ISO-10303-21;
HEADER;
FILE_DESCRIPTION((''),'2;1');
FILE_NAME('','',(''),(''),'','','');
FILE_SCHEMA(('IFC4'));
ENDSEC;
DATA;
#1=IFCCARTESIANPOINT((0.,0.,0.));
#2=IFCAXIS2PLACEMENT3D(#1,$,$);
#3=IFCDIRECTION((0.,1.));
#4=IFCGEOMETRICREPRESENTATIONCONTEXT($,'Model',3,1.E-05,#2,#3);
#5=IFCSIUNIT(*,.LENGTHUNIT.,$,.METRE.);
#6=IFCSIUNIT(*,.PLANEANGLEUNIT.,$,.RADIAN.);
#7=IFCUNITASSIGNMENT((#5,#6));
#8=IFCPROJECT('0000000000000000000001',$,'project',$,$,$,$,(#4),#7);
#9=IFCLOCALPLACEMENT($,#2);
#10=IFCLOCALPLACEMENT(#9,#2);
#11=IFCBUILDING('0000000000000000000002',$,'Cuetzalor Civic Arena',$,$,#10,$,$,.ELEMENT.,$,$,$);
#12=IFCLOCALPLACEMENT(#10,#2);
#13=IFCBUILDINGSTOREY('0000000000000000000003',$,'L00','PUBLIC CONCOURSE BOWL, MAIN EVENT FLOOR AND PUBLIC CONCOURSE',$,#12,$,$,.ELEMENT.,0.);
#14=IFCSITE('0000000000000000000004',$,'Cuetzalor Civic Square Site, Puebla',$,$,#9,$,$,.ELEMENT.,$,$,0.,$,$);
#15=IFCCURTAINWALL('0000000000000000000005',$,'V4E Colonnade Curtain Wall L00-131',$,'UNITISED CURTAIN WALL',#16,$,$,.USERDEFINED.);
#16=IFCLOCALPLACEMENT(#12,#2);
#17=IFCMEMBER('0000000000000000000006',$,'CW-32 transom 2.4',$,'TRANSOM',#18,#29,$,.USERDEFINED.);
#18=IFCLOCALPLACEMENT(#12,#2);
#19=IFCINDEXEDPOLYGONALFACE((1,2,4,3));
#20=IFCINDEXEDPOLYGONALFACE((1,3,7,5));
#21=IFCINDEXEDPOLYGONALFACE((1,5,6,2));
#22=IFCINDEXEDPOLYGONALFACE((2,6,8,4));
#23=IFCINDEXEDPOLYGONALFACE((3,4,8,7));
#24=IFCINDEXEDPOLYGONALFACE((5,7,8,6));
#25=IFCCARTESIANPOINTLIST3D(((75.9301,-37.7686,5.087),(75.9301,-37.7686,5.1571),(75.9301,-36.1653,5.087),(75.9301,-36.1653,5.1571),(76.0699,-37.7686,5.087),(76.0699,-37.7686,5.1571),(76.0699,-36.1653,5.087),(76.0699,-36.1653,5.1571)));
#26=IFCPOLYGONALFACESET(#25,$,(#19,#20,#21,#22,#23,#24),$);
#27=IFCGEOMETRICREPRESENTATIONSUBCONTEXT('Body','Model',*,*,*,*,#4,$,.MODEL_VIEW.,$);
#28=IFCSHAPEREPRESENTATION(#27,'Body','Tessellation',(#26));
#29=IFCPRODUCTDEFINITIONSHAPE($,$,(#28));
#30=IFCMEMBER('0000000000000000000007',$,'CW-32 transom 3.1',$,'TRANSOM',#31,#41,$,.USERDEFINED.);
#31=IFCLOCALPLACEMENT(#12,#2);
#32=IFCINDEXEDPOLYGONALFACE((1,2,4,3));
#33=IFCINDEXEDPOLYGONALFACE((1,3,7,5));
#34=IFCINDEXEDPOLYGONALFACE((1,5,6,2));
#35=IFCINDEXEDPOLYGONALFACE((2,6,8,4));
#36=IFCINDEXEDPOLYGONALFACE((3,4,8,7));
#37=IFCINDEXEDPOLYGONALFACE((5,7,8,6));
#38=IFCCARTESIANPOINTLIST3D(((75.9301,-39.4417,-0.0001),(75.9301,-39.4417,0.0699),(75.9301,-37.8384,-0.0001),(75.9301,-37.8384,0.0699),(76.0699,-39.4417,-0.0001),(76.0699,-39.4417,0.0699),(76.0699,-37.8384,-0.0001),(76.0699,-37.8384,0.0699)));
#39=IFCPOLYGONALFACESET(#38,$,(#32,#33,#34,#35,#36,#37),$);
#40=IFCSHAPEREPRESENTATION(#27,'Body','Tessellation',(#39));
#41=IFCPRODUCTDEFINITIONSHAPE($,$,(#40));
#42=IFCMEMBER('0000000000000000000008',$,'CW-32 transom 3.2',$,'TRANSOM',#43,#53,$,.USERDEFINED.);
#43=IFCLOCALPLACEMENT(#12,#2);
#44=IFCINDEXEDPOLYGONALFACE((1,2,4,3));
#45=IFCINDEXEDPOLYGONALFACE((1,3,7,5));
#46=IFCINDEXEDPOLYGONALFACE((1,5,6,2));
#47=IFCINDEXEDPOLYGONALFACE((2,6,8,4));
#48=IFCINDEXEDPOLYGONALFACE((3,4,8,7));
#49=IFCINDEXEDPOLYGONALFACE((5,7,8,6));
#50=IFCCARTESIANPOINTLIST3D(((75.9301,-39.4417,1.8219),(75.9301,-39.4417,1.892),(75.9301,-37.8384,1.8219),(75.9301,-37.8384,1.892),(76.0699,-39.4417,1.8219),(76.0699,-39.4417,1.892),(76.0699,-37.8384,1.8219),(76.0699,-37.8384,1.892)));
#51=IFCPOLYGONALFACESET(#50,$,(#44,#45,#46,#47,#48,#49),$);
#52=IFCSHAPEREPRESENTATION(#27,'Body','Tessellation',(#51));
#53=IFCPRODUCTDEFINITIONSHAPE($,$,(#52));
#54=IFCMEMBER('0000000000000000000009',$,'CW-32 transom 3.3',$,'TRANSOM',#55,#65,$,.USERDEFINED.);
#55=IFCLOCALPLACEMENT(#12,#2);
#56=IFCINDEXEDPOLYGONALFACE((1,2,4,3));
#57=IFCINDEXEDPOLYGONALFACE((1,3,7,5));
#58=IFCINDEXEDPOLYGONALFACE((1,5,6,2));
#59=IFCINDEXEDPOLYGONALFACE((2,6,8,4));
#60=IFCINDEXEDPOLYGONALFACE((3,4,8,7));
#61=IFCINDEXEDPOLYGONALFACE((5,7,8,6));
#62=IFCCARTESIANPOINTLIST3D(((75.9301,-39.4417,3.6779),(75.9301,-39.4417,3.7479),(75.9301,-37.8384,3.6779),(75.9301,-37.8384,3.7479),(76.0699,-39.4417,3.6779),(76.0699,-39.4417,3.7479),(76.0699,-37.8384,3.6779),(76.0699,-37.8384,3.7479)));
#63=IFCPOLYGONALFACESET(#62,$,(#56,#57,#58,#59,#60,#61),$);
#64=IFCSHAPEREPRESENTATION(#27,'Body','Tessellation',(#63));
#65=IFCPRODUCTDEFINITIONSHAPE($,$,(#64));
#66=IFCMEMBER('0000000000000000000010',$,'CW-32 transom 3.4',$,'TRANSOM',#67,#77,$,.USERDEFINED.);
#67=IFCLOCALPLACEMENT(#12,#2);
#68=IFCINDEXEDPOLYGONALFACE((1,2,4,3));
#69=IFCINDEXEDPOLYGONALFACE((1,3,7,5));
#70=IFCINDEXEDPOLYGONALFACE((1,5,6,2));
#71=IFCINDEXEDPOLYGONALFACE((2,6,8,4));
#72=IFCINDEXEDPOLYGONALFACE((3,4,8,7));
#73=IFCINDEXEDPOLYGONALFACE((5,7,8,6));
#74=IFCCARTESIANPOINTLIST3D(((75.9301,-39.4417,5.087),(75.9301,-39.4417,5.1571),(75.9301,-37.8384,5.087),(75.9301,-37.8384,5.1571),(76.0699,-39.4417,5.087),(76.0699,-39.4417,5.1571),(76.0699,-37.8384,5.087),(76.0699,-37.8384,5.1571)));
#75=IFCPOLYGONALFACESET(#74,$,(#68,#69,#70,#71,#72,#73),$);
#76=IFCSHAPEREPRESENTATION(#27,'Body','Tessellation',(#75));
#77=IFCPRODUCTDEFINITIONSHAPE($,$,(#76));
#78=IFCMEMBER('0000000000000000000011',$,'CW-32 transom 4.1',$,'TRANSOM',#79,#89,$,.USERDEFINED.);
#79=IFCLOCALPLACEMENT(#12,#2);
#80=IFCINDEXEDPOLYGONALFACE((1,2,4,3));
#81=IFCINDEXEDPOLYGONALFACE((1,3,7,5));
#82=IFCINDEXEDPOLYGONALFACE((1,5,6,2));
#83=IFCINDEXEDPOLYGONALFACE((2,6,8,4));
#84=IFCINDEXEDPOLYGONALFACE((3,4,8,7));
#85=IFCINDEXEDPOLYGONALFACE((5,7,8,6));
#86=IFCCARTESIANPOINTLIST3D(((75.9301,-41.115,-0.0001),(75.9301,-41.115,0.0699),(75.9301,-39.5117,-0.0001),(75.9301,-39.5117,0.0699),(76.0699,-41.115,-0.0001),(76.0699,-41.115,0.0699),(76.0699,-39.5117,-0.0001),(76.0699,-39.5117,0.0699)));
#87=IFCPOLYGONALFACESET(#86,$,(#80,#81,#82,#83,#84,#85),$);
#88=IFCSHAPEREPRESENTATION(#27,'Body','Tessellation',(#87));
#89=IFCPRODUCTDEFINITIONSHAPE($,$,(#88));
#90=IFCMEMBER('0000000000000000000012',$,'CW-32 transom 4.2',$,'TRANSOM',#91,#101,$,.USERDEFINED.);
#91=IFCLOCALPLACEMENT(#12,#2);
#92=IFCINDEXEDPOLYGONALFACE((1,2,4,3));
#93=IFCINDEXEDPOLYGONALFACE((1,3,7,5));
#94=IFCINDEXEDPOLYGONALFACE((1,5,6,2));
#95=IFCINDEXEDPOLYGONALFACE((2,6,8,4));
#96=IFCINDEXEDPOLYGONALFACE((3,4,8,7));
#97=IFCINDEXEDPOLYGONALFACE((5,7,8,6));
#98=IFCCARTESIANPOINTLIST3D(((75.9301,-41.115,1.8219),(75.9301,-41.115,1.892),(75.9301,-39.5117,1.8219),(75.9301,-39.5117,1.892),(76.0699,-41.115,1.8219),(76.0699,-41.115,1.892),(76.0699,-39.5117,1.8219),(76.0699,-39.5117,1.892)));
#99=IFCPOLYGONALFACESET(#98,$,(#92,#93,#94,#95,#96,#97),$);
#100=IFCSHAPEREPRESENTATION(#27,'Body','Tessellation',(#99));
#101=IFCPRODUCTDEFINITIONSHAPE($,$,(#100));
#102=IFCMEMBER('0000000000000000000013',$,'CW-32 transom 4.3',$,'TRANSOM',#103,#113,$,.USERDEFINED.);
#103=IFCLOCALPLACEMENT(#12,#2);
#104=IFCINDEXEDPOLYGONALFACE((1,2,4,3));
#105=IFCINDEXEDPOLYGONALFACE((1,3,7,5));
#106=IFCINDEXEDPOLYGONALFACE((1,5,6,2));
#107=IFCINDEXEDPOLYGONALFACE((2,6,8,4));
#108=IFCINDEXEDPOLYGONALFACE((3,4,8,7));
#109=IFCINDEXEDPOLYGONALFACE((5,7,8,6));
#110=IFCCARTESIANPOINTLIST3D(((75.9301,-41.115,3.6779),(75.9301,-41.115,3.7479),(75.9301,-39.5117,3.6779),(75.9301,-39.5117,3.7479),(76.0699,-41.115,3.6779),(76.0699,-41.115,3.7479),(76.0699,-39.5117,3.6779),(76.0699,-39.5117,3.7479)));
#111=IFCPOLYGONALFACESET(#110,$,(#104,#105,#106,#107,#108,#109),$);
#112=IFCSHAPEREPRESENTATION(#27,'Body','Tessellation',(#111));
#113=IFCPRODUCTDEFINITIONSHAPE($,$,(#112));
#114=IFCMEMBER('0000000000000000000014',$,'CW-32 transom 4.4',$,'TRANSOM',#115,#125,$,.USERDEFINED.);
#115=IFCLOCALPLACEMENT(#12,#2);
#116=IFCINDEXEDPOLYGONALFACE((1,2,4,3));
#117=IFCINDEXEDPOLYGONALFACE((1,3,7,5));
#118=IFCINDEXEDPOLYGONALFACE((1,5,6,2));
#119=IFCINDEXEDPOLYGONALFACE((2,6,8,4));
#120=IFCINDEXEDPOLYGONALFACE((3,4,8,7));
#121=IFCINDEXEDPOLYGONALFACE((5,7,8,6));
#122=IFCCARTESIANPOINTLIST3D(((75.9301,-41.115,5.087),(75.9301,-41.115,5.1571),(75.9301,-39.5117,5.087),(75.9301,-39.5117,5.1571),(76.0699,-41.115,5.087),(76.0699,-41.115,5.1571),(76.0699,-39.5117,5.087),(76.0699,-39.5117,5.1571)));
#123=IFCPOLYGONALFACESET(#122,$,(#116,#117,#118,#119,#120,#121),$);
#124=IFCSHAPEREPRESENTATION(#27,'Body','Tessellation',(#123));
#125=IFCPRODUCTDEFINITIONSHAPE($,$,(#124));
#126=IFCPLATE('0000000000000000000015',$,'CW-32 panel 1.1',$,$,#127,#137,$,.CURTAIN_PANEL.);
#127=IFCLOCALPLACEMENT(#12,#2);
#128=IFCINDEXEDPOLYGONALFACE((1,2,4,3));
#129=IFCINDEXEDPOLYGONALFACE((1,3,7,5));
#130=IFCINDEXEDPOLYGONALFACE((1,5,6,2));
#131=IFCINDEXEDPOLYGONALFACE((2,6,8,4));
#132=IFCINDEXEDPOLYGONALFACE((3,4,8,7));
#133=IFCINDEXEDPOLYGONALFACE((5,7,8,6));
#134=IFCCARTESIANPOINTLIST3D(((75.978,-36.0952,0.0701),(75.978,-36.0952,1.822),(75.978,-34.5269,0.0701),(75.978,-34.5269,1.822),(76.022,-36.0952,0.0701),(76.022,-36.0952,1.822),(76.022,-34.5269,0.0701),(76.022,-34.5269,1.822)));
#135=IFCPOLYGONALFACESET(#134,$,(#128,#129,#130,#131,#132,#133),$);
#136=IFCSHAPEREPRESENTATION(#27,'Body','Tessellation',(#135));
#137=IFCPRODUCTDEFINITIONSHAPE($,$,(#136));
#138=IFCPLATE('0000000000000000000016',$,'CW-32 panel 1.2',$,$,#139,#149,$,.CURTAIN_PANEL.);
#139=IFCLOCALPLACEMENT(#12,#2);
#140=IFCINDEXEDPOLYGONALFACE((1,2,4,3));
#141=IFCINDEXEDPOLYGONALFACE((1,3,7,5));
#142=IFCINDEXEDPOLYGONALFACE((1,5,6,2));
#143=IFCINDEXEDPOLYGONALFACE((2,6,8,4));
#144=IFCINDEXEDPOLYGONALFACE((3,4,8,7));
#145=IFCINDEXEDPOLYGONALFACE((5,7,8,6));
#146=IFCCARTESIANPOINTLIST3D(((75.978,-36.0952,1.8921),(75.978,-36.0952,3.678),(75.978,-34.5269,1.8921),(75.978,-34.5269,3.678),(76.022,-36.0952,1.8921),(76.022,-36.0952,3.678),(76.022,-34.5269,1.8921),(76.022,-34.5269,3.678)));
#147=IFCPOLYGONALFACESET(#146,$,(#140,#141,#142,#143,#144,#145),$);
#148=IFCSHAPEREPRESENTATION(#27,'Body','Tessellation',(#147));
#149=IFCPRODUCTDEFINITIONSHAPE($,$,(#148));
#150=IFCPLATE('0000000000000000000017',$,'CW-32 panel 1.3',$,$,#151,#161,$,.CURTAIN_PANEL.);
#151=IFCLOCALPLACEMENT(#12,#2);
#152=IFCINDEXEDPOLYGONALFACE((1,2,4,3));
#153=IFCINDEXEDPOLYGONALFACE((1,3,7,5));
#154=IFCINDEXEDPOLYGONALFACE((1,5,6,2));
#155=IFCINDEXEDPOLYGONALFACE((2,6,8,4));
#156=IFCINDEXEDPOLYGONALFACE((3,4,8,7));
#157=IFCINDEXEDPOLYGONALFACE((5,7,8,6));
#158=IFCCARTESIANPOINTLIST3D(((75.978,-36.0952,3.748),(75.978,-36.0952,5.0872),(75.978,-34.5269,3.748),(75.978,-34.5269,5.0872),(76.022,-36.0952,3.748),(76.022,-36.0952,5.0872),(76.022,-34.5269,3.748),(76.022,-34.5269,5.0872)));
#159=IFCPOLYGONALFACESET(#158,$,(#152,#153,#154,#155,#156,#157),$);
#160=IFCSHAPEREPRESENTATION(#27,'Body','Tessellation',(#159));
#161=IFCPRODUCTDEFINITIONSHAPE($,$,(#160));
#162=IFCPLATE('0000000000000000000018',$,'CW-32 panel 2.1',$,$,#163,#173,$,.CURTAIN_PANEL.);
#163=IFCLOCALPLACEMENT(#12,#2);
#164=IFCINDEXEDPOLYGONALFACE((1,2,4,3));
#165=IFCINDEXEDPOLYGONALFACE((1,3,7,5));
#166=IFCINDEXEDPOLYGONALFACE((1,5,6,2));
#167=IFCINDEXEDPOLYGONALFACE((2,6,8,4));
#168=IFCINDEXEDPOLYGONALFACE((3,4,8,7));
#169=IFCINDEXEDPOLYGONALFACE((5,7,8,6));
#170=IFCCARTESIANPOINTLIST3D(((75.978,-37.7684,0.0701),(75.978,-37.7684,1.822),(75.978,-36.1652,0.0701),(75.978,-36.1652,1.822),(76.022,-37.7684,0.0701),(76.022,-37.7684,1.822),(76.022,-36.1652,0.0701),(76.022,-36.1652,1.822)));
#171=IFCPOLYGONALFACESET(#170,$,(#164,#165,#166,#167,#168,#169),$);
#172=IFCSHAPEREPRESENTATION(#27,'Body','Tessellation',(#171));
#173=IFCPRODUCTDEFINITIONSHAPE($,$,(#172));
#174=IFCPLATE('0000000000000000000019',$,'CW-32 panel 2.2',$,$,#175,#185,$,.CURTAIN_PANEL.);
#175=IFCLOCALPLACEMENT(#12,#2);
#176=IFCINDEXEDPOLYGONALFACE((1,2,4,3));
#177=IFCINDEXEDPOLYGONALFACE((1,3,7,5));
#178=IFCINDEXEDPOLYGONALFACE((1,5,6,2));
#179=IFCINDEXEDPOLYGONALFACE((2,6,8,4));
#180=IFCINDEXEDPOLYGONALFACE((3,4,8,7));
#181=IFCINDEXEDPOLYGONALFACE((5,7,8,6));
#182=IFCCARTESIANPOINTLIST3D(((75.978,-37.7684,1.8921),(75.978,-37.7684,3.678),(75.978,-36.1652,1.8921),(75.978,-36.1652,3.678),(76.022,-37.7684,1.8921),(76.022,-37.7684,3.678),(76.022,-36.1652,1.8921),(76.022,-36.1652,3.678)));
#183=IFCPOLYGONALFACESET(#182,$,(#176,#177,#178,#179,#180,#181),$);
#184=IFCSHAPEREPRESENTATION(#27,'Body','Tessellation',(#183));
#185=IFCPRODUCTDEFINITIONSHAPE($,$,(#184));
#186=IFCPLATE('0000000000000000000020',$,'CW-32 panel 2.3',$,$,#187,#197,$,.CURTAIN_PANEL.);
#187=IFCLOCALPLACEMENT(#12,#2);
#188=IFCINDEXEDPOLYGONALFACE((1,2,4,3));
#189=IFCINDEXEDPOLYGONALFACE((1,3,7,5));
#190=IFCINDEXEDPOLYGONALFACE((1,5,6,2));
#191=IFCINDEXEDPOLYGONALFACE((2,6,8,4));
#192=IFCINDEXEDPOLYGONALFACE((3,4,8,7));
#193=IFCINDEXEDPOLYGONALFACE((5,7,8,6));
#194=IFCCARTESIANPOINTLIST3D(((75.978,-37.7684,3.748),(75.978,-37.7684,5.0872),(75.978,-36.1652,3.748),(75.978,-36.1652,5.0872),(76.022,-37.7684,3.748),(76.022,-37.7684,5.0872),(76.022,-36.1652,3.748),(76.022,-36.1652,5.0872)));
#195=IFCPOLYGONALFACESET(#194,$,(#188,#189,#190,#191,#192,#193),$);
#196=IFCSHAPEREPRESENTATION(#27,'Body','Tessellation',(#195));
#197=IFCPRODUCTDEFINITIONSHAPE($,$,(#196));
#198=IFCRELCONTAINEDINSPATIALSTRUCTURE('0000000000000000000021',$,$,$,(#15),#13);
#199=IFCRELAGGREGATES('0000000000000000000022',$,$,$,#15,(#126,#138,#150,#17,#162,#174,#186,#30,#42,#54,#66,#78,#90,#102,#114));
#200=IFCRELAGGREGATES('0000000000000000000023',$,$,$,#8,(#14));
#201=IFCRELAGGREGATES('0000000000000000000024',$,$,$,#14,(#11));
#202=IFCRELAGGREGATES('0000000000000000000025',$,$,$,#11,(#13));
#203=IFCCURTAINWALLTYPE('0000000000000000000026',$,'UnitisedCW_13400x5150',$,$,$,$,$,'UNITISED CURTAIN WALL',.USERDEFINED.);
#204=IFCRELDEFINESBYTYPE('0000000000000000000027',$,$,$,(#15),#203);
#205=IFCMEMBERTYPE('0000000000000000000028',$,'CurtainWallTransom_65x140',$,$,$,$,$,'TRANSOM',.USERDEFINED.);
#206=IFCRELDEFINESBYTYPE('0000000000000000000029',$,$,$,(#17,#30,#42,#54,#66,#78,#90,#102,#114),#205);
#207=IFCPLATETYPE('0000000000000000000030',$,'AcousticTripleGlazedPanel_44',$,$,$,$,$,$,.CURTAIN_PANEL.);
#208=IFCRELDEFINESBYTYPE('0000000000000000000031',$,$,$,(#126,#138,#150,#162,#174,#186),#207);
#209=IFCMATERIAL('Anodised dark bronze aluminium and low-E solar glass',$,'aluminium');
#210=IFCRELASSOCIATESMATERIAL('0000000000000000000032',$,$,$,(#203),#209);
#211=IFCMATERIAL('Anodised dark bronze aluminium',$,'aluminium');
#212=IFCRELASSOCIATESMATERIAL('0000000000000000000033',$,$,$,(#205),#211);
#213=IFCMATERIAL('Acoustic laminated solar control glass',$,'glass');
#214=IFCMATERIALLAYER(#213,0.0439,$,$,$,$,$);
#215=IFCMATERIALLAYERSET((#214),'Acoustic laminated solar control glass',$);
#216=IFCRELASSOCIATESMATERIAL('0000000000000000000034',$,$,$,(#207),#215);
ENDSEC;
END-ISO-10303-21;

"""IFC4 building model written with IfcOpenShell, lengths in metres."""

from ifc_helpers import new_model, si_unit, direction, frame, origin, origin_2d, place, context, subcontext, project, spatial, rectangle, extrude, material, layer, layer_set, material_profile, profile_set, type_object, element, aggregate, save


model = new_model("IFC4")

# Units and contexts
model_context = context("Model", 3, precision=1e-05, world=origin(), true_north=direction((0.0, 1.0)))
body_context = subcontext(model_context, "Body", "Model", "MODEL_VIEW")
ifc_project = project(units=[si_unit("LENGTHUNIT", "METRE"), si_unit("PLANEANGLEUNIT", "RADIAN")], contexts=[model_context])

# Site, building, storey
site_placement = place(None, origin())
site = spatial("IfcSite", under=ifc_project, at=site_placement, Name="Cuetzalor Civic Square Site, Puebla", CompositionType="ELEMENT", RefElevation=0.0)
building_placement = place(site_placement, origin())
building = spatial("IfcBuilding", under=site, at=building_placement, Name="Cuetzalor Civic Arena", CompositionType="ELEMENT")
storey_placement = place(building_placement, origin())
storey = spatial("IfcBuildingStorey", under=building, at=storey_placement, Name="L00", Description="PUBLIC CONCOURSE BOWL, MAIN EVENT FLOOR AND PUBLIC CONCOURSE", CompositionType="ELEMENT", Elevation=0.0)

# Curtain wall, members, plates
ifc_material_1 = material(Name="Anodised dark bronze aluminium and low-E solar glass", Category="aluminium")
curtain_wall_type = type_object("IfcCurtainWallType", Name="UnitisedCW_13400x5150", ElementType="UNITISED CURTAIN WALL", PredefinedType="USERDEFINED", material=ifc_material_1)
curtain_wall_placement = place(storey_placement, origin())
curtain_wall = element("IfcCurtainWall", 1, at=curtain_wall_placement, inside=storey, type_object=curtain_wall_type, Name="V4E Colonnade Curtain Wall L00-131", ObjectType="UNITISED CURTAIN WALL", PredefinedType="USERDEFINED")
ifc_material_2 = material(Name="Anodised dark bronze aluminium", Category="aluminium")
ifc_material_profile_1 = material_profile(ifc_material_2, rectangle(XDim=0.1399, YDim=0.0701, at=origin_2d()), Name="ALU TRANSOM 70x140")
ifc_profile_set_1 = profile_set([ifc_material_profile_1], Name="Anodised dark bronze aluminium")
member_type_1 = type_object("IfcMemberType", Name="CurtainWallTransom_65x140", ElementType="TRANSOM", PredefinedType="USERDEFINED", material=ifc_profile_set_1)
member_1_placement = place(storey_placement, frame((76.0, -36.1653, 5.1221), z_axis=(0.0, -1.0, 0.0), x_axis=(1.0, 0.0, 0.0)))
member_1 = element("IfcMember", 2, at=member_1_placement, type_object=member_type_1, Name="CW-32 transom 2.4", ObjectType="TRANSOM", PredefinedType="USERDEFINED", context=body_context, shape_type="SweptSolid", body=[
    extrude(rectangle(XDim=0.1399, YDim=0.0701, at=origin_2d()), origin(), (0.0, 0.0, 1.0), 1.6033),
])
member_2_placement = place(storey_placement, frame((76.0, -37.8384, 0.0349), z_axis=(0.0, -1.0, 0.0), x_axis=(1.0, 0.0, 0.0)))
member_2 = element("IfcMember", 3, at=member_2_placement, type_object=member_type_1, Name="CW-32 transom 3.1", ObjectType="TRANSOM", PredefinedType="USERDEFINED", context=body_context, shape_type="SweptSolid", body=[
    extrude(rectangle(XDim=0.1399, YDim=0.0701, at=origin_2d()), origin(), (0.0, 0.0, 1.0), 1.6033),
])
member_3_placement = place(storey_placement, frame((76.0, -37.8384, 1.8569), z_axis=(0.0, -1.0, 0.0), x_axis=(1.0, 0.0, 0.0)))
member_3 = element("IfcMember", 4, at=member_3_placement, type_object=member_type_1, Name="CW-32 transom 3.2", ObjectType="TRANSOM", PredefinedType="USERDEFINED", context=body_context, shape_type="SweptSolid", body=[
    extrude(rectangle(XDim=0.1399, YDim=0.0701, at=origin_2d()), origin(), (0.0, 0.0, 1.0), 1.6033),
])
member_4_placement = place(storey_placement, frame((76.0, -37.8384, 3.7129), z_axis=(0.0, -1.0, 0.0), x_axis=(1.0, 0.0, 0.0)))
member_4 = element("IfcMember", 5, at=member_4_placement, type_object=member_type_1, Name="CW-32 transom 3.3", ObjectType="TRANSOM", PredefinedType="USERDEFINED", context=body_context, shape_type="SweptSolid", body=[
    extrude(rectangle(XDim=0.1399, YDim=0.0701, at=origin_2d()), origin(), (0.0, 0.0, 1.0), 1.6033),
])
member_5_placement = place(storey_placement, frame((76.0, -37.8384, 5.1221), z_axis=(0.0, -1.0, 0.0), x_axis=(1.0, 0.0, 0.0)))
member_5 = element("IfcMember", 6, at=member_5_placement, type_object=member_type_1, Name="CW-32 transom 3.4", ObjectType="TRANSOM", PredefinedType="USERDEFINED", context=body_context, shape_type="SweptSolid", body=[
    extrude(rectangle(XDim=0.1399, YDim=0.0701, at=origin_2d()), origin(), (0.0, 0.0, 1.0), 1.6033),
])
member_6_placement = place(storey_placement, frame((76.0, -39.5117, 0.0349), z_axis=(0.0, -1.0, 0.0), x_axis=(1.0, 0.0, 0.0)))
member_6 = element("IfcMember", 7, at=member_6_placement, type_object=member_type_1, Name="CW-32 transom 4.1", ObjectType="TRANSOM", PredefinedType="USERDEFINED", context=body_context, shape_type="SweptSolid", body=[
    extrude(rectangle(XDim=0.1399, YDim=0.0701, at=origin_2d()), origin(), (0.0, 0.0, 1.0), 1.6033),
])
member_7_placement = place(storey_placement, frame((76.0, -39.5117, 1.8569), z_axis=(0.0, -1.0, 0.0), x_axis=(1.0, 0.0, 0.0)))
member_7 = element("IfcMember", 8, at=member_7_placement, type_object=member_type_1, Name="CW-32 transom 4.2", ObjectType="TRANSOM", PredefinedType="USERDEFINED", context=body_context, shape_type="SweptSolid", body=[
    extrude(rectangle(XDim=0.1399, YDim=0.0701, at=origin_2d()), origin(), (0.0, 0.0, 1.0), 1.6033),
])
member_8_placement = place(storey_placement, frame((76.0, -39.5117, 3.7129), z_axis=(0.0, -1.0, 0.0), x_axis=(1.0, 0.0, 0.0)))
member_8 = element("IfcMember", 9, at=member_8_placement, type_object=member_type_1, Name="CW-32 transom 4.3", ObjectType="TRANSOM", PredefinedType="USERDEFINED", context=body_context, shape_type="SweptSolid", body=[
    extrude(rectangle(XDim=0.1399, YDim=0.0701, at=origin_2d()), origin(), (0.0, 0.0, 1.0), 1.6033),
])
member_9_placement = place(storey_placement, frame((76.0, -39.5117, 5.1221), z_axis=(0.0, -1.0, 0.0), x_axis=(1.0, 0.0, 0.0)))
member_9 = element("IfcMember", 10, at=member_9_placement, type_object=member_type_1, Name="CW-32 transom 4.4", ObjectType="TRANSOM", PredefinedType="USERDEFINED", context=body_context, shape_type="SweptSolid", body=[
    extrude(rectangle(XDim=0.1399, YDim=0.0701, at=origin_2d()), origin(), (0.0, 0.0, 1.0), 1.6033),
])
ifc_material_3 = material(Name="Acoustic laminated solar control glass", Category="glass")
ifc_layer_1 = layer(ifc_material_3, 0.0439)
ifc_layer_set_1 = layer_set([ifc_layer_1], Name="Acoustic laminated solar control glass")
plate_type = type_object("IfcPlateType", Name="AcousticTripleGlazedPanel_44", PredefinedType="CURTAIN_PANEL", material=ifc_layer_set_1)
plate_1_placement = place(storey_placement, frame((76.0, -35.311, 0.0701), z_axis=(0.0, 0.0, 1.0), x_axis=(0.0, -1.0, 0.0)))
plate_1 = element("IfcPlate", 11, at=plate_1_placement, type_object=plate_type, Name="CW-32 panel 1.1", PredefinedType="CURTAIN_PANEL", context=body_context, shape_type="SweptSolid", body=[
    extrude(rectangle(XDim=1.5684, YDim=0.0439, at=origin_2d()), origin(), (0.0, 0.0, 1.0), 1.752),
])
plate_2_placement = place(storey_placement, frame((76.0, -35.311, 1.8921), z_axis=(0.0, 0.0, 1.0), x_axis=(0.0, -1.0, 0.0)))
plate_2 = element("IfcPlate", 12, at=plate_2_placement, type_object=plate_type, Name="CW-32 panel 1.2", PredefinedType="CURTAIN_PANEL", context=body_context, shape_type="SweptSolid", body=[
    extrude(rectangle(XDim=1.5684, YDim=0.0439, at=origin_2d()), origin(), (0.0, 0.0, 1.0), 1.7859),
])
plate_3_placement = place(storey_placement, frame((76.0, -35.311, 3.748), z_axis=(0.0, 0.0, 1.0), x_axis=(0.0, -1.0, 0.0)))
plate_3 = element("IfcPlate", 13, at=plate_3_placement, type_object=plate_type, Name="CW-32 panel 1.3", PredefinedType="CURTAIN_PANEL", context=body_context, shape_type="SweptSolid", body=[
    extrude(rectangle(XDim=1.5684, YDim=0.0439, at=origin_2d()), origin(), (0.0, 0.0, 1.0), 1.3391),
])
plate_4_placement = place(storey_placement, frame((76.0, -36.9668, 0.0701), z_axis=(0.0, 0.0, 1.0), x_axis=(0.0, -1.0, 0.0)))
plate_4 = element("IfcPlate", 14, at=plate_4_placement, type_object=plate_type, Name="CW-32 panel 2.1", PredefinedType="CURTAIN_PANEL", context=body_context, shape_type="SweptSolid", body=[
    extrude(rectangle(XDim=1.6033, YDim=0.0439, at=origin_2d()), origin(), (0.0, 0.0, 1.0), 1.752),
])
plate_5_placement = place(storey_placement, frame((76.0, -36.9668, 1.8921), z_axis=(0.0, 0.0, 1.0), x_axis=(0.0, -1.0, 0.0)))
plate_5 = element("IfcPlate", 15, at=plate_5_placement, type_object=plate_type, Name="CW-32 panel 2.2", PredefinedType="CURTAIN_PANEL", context=body_context, shape_type="SweptSolid", body=[
    extrude(rectangle(XDim=1.6033, YDim=0.0439, at=origin_2d()), origin(), (0.0, 0.0, 1.0), 1.7859),
])
plate_6_placement = place(storey_placement, frame((76.0, -36.9668, 3.748), z_axis=(0.0, 0.0, 1.0), x_axis=(0.0, -1.0, 0.0)))
plate_6 = element("IfcPlate", 16, at=plate_6_placement, type_object=plate_type, Name="CW-32 panel 2.3", PredefinedType="CURTAIN_PANEL", context=body_context, shape_type="SweptSolid", body=[
    extrude(rectangle(XDim=1.6033, YDim=0.0439, at=origin_2d()), origin(), (0.0, 0.0, 1.0), 1.3391),
])
aggregate(curtain_wall, [plate_1, plate_2, plate_3, member_1, plate_4, plate_5, plate_6, member_2, member_3, member_4, member_5, member_6, member_7, member_8, member_9])

save(model, "model.ifc")
